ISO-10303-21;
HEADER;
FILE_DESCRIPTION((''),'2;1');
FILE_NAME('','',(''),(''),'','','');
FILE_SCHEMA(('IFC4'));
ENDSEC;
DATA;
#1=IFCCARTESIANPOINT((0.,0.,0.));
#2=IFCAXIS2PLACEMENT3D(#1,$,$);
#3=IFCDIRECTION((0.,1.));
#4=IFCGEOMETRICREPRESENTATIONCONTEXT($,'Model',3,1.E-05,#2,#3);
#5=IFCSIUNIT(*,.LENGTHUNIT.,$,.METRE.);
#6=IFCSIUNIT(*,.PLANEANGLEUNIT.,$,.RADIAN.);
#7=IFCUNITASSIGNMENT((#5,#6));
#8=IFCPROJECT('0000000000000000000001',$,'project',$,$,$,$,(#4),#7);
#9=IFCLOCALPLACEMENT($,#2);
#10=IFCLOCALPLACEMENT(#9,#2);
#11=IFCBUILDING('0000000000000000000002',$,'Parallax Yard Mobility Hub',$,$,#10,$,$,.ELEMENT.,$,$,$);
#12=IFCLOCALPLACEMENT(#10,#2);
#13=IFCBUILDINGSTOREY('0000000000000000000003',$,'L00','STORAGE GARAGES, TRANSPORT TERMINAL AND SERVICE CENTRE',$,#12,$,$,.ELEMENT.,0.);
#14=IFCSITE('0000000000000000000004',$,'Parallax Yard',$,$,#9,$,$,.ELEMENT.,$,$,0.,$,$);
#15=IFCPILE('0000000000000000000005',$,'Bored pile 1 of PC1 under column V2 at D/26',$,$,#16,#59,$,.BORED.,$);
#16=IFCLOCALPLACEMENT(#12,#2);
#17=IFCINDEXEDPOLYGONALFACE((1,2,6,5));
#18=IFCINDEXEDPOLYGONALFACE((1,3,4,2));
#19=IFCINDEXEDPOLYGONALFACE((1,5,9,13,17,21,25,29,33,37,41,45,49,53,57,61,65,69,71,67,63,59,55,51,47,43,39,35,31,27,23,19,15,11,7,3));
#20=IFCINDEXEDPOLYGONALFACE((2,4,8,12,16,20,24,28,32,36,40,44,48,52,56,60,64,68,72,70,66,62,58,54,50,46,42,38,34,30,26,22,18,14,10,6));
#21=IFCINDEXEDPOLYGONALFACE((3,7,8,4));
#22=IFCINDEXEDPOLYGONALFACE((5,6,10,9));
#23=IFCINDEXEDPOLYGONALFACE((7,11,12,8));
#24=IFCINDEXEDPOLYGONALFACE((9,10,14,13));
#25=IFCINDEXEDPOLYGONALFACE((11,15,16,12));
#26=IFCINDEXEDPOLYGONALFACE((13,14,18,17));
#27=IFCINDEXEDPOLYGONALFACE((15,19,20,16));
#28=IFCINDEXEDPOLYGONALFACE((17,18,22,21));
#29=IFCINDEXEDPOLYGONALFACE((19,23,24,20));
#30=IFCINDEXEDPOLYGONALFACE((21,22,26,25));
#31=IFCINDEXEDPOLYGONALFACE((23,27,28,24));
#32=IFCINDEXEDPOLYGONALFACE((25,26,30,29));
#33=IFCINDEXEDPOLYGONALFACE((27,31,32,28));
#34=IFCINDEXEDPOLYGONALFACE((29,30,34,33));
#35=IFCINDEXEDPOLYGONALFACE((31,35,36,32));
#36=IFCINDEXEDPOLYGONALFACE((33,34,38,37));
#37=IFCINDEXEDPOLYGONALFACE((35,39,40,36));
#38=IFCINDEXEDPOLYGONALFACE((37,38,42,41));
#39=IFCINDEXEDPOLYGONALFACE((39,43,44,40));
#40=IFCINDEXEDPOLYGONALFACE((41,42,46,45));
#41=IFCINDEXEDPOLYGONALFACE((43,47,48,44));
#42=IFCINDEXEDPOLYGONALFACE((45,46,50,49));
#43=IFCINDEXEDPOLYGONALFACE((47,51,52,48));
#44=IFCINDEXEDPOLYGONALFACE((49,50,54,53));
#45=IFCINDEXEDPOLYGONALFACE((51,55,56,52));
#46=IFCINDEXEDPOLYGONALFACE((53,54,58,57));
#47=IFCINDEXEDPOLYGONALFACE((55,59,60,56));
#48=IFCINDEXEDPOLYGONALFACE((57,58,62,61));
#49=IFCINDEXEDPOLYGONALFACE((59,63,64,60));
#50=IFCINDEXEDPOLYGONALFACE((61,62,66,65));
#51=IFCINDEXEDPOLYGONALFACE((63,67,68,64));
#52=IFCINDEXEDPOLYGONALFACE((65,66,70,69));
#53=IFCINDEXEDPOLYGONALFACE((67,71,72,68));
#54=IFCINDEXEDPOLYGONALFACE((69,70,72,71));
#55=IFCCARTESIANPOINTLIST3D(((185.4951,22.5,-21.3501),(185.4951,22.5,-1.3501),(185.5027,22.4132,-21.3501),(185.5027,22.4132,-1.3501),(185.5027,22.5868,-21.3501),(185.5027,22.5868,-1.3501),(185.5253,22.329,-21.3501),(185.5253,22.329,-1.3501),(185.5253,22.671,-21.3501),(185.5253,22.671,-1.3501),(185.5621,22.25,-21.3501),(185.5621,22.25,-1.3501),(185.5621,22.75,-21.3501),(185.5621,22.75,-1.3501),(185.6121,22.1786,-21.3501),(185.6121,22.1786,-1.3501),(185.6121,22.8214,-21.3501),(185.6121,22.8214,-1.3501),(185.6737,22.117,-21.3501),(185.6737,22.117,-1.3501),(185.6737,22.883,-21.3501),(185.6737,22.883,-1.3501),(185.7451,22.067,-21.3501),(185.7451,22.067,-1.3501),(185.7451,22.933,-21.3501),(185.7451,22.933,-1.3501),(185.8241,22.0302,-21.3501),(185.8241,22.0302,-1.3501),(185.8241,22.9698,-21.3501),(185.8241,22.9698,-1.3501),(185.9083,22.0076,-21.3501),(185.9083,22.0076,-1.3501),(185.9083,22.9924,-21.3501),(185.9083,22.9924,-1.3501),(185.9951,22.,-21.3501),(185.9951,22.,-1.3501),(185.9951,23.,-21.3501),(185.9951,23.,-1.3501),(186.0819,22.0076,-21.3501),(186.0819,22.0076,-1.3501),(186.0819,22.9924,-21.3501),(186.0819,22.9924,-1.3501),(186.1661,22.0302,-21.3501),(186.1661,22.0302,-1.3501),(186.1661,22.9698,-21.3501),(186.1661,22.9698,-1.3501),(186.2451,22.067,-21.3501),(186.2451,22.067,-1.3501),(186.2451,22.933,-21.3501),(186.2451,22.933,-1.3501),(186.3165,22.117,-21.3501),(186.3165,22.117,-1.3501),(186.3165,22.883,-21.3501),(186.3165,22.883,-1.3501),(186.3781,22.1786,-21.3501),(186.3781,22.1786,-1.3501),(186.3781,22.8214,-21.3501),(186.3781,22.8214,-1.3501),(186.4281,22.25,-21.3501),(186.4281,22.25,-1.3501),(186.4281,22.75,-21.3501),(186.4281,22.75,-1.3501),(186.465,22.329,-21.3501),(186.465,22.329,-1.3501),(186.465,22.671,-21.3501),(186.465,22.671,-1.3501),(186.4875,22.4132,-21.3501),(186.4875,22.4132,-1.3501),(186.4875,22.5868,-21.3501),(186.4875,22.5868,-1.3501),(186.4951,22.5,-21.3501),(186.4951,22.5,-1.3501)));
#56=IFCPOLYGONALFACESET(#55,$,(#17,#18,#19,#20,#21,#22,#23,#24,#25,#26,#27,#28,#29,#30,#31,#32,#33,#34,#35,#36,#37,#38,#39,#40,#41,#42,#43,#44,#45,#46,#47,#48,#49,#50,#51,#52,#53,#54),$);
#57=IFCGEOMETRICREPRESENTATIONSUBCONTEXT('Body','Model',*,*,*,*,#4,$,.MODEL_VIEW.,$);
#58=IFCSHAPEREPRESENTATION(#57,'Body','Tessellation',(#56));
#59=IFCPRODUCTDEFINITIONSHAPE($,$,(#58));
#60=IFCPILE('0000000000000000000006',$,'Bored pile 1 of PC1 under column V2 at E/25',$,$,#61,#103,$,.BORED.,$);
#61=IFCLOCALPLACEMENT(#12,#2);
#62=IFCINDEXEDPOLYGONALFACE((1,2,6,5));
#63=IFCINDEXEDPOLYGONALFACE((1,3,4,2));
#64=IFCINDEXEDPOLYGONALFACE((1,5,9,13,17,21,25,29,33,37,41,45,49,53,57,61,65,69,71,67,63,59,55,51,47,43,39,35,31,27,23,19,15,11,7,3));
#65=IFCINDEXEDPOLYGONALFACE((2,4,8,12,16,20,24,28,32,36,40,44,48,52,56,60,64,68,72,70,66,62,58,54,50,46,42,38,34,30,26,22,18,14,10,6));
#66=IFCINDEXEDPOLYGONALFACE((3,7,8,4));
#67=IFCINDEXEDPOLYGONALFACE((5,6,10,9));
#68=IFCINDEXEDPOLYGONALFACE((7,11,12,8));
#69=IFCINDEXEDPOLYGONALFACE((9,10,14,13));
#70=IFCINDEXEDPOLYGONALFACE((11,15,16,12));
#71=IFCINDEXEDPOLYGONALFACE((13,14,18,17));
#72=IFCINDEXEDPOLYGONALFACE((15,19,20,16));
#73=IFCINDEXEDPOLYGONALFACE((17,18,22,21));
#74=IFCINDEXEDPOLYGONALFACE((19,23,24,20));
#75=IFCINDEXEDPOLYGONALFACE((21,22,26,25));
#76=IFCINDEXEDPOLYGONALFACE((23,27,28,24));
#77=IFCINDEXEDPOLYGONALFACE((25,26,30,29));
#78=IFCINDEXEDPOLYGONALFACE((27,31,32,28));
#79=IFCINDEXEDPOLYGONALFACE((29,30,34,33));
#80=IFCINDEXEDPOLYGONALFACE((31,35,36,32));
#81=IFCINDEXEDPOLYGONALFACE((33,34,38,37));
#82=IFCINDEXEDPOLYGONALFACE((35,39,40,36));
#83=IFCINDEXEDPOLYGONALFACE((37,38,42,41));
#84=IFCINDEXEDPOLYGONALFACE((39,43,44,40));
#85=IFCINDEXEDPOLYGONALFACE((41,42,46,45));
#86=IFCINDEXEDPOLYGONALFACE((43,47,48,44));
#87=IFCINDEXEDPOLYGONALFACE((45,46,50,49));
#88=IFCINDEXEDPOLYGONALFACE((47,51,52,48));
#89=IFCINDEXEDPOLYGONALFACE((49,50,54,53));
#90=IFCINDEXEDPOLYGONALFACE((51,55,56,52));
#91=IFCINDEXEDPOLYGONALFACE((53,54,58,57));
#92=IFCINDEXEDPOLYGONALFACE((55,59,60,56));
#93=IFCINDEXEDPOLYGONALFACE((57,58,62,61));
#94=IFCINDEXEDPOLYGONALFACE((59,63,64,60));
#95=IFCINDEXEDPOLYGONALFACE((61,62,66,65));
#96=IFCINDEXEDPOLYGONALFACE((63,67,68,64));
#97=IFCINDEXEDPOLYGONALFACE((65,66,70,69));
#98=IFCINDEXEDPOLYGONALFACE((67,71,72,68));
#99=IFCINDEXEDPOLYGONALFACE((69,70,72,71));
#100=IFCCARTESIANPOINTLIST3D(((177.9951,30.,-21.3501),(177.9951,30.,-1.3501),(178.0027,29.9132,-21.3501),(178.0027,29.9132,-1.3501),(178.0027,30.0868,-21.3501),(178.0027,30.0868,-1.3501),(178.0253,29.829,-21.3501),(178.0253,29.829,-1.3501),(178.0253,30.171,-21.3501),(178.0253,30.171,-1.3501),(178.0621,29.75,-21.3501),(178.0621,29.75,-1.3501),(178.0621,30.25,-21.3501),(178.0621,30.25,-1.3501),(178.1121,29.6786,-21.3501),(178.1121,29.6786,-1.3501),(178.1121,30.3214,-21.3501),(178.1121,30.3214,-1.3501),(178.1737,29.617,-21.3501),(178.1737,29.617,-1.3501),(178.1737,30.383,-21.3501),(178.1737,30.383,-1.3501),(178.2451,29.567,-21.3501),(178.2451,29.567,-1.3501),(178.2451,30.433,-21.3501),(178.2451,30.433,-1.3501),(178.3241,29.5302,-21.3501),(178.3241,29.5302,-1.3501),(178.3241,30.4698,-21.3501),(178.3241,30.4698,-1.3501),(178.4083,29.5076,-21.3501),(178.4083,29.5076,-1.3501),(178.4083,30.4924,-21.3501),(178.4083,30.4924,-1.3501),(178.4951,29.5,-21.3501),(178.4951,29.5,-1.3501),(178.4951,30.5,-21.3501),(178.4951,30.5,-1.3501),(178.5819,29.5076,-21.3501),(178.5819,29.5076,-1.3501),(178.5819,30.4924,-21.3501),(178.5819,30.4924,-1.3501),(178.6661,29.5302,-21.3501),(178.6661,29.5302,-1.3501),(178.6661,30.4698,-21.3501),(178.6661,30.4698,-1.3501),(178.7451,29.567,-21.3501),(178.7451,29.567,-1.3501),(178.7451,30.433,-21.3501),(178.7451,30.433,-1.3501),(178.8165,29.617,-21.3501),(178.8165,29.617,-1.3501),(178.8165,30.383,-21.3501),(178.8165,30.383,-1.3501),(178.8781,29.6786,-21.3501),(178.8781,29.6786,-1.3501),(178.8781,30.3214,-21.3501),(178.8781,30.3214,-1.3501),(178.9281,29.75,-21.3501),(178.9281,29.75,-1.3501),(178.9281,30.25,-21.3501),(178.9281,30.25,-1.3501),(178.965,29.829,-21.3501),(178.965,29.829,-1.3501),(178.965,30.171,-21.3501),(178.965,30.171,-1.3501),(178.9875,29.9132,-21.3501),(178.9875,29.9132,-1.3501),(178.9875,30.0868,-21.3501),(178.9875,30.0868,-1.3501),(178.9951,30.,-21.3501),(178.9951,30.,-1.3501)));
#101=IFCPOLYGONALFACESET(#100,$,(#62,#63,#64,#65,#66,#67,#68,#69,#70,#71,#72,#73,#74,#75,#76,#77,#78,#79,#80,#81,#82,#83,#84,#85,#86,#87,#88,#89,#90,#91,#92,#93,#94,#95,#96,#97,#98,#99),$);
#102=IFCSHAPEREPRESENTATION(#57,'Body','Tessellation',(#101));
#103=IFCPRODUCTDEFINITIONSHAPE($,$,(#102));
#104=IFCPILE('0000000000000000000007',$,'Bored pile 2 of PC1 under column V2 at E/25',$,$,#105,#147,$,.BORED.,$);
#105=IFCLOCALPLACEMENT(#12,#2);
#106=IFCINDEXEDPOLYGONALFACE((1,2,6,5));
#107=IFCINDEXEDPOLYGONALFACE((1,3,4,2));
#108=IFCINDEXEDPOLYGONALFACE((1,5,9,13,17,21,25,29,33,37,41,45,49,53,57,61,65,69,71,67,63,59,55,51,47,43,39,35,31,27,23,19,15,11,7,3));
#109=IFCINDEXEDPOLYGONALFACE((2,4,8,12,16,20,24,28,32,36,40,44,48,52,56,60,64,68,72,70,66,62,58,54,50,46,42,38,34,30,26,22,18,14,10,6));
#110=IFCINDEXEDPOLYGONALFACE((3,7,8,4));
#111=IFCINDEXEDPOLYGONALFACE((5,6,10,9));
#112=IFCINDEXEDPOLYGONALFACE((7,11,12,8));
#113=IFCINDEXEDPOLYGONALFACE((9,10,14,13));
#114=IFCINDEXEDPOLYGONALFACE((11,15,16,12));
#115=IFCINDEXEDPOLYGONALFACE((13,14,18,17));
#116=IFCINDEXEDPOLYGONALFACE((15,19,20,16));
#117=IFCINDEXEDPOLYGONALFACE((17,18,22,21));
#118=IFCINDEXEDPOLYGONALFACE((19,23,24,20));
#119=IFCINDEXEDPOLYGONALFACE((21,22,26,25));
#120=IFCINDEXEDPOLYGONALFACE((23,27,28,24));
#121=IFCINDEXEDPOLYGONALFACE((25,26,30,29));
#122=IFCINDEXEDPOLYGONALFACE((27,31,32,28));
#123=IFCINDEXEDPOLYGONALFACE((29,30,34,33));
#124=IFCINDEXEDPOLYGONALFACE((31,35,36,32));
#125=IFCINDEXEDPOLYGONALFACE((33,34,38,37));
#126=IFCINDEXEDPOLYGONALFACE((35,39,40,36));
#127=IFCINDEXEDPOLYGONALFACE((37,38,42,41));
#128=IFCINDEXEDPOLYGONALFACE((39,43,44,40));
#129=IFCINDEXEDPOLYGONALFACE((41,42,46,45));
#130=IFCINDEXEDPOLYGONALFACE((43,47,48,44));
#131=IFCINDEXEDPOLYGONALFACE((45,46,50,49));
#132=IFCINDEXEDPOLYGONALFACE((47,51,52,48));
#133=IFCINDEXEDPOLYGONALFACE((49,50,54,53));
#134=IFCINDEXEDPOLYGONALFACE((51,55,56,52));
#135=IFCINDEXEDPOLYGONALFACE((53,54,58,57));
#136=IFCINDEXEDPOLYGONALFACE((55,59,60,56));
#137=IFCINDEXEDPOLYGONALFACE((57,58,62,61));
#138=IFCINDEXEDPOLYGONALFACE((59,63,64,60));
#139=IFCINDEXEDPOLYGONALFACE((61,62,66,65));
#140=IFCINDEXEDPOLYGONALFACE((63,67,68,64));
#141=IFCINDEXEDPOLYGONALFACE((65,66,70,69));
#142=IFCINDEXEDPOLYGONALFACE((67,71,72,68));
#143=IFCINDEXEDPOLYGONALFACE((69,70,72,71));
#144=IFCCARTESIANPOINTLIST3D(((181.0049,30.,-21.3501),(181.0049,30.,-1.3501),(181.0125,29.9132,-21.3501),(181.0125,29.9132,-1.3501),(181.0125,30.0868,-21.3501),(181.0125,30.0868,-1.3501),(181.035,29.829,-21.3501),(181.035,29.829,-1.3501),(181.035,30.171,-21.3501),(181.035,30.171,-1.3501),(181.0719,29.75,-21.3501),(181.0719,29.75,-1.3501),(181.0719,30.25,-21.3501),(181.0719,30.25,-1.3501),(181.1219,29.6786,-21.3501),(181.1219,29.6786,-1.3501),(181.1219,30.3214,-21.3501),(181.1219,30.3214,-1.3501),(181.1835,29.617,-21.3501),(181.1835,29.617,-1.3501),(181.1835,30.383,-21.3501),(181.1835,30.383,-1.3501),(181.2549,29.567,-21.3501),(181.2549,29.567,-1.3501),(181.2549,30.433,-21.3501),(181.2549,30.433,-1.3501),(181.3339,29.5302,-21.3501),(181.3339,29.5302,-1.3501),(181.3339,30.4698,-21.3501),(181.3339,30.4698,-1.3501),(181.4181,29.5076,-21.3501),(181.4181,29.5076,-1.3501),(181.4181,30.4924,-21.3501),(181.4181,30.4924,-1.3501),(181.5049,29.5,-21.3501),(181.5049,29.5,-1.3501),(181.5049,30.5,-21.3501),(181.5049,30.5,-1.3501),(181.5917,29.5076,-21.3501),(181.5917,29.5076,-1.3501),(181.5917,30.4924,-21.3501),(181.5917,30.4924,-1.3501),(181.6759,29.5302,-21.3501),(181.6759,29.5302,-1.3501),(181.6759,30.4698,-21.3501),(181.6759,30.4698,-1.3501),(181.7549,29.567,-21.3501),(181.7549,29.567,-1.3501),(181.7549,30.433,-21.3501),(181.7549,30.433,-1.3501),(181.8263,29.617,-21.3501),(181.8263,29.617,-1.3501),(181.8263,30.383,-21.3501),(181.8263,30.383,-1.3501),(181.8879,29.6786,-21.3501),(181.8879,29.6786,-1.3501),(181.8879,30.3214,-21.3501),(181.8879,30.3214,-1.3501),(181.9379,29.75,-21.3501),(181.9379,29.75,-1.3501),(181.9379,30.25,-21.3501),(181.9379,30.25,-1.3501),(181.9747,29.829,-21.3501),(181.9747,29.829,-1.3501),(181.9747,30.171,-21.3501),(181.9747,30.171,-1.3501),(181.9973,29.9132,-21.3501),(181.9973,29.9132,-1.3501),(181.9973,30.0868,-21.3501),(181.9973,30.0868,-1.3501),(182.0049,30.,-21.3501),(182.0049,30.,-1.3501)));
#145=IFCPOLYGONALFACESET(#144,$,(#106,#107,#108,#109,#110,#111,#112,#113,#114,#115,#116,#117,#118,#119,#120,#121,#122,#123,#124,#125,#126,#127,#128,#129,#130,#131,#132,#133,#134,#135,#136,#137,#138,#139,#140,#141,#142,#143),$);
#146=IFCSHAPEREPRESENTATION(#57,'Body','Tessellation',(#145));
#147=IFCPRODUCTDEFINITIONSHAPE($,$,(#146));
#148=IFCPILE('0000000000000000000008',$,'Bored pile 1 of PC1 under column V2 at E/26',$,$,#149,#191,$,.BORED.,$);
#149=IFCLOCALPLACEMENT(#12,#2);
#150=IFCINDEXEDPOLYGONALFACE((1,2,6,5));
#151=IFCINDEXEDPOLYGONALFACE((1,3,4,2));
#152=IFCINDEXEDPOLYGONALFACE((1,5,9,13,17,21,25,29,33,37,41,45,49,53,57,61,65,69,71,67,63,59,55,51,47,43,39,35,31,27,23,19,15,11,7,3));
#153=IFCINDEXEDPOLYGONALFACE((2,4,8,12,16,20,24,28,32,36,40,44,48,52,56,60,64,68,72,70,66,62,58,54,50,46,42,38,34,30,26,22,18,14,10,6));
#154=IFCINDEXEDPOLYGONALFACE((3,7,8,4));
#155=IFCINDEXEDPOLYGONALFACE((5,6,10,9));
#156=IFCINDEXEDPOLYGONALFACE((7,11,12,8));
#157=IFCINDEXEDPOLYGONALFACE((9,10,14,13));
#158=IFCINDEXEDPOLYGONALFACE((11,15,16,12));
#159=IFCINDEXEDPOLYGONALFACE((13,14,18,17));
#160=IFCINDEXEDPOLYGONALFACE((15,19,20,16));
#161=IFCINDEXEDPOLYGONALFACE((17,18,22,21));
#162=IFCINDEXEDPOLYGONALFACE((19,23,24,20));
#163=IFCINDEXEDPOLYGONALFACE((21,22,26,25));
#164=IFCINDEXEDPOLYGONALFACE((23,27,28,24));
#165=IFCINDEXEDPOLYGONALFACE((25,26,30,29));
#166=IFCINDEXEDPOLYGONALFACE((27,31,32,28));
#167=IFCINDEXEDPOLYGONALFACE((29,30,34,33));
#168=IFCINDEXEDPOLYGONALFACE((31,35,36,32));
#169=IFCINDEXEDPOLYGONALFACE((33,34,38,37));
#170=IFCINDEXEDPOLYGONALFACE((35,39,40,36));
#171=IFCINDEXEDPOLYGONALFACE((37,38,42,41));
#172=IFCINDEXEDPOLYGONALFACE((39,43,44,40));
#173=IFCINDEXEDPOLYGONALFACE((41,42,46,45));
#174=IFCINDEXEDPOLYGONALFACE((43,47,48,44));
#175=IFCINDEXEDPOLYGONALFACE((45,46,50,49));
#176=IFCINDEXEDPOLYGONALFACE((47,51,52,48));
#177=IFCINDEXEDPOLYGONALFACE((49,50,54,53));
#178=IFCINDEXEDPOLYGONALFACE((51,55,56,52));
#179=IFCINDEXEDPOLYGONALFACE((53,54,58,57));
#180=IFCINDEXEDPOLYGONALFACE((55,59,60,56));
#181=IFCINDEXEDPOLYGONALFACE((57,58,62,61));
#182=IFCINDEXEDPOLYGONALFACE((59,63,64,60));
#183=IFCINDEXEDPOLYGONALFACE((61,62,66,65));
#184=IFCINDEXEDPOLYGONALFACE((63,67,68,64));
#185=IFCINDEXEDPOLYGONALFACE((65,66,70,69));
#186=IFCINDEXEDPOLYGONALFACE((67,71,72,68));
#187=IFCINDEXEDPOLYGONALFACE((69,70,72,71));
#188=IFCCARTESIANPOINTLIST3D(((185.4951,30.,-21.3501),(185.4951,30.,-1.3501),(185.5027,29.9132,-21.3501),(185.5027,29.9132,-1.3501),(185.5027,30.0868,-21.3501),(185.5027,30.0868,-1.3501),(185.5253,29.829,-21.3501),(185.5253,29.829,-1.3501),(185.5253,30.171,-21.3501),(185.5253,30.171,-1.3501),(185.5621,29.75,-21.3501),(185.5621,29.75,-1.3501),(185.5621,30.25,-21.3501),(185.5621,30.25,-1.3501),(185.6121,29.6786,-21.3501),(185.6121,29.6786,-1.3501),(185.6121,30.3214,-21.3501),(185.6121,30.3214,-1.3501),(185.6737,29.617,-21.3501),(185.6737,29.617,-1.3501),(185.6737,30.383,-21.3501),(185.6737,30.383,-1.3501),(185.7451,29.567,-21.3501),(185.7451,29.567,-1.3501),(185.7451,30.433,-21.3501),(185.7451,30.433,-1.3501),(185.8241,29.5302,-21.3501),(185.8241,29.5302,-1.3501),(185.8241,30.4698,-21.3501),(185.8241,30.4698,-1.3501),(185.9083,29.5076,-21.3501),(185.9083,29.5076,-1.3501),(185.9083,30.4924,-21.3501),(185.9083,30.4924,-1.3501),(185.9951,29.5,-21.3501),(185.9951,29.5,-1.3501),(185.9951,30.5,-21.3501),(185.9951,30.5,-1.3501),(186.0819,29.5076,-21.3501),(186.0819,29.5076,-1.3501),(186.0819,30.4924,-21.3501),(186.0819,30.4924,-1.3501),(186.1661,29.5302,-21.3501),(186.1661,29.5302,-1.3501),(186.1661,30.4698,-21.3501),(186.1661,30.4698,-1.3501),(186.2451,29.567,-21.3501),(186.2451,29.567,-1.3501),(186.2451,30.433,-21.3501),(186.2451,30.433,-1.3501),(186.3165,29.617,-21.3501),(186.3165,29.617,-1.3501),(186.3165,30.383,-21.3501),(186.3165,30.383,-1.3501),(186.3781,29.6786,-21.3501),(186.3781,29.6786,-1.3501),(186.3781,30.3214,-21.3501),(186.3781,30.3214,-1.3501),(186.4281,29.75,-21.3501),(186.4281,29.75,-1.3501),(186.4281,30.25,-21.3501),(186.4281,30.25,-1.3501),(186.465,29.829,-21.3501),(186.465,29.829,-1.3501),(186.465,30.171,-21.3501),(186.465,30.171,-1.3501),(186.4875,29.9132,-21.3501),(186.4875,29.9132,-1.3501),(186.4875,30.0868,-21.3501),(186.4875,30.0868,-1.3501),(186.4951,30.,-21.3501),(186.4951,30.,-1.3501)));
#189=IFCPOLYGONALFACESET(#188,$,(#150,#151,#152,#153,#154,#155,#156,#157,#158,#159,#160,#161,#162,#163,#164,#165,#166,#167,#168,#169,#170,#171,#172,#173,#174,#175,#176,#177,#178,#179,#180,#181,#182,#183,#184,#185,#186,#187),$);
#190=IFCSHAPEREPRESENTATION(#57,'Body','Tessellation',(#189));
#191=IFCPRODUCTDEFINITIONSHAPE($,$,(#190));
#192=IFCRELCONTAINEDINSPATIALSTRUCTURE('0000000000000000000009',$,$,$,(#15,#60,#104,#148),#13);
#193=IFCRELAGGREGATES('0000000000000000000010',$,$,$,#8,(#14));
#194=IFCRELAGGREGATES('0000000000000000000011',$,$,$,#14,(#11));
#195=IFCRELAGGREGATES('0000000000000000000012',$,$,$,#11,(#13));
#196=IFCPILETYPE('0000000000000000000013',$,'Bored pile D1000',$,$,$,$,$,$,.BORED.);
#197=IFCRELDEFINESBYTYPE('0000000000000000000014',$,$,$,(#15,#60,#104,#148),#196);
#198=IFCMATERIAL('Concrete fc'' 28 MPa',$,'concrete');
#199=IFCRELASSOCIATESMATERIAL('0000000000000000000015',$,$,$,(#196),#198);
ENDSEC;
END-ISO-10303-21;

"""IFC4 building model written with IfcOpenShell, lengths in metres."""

from ifc_helpers import new_model, si_unit, direction, frame, origin, origin_2d, place, context, subcontext, project, spatial, circle, extrude, material, material_profile, profile_set, type_object, element, save


model = new_model("IFC4")

# Units and contexts
model_context = context("Model", 3, precision=1e-05, world=origin(), true_north=direction((0.0, 1.0)))
body_context = subcontext(model_context, "Body", "Model", "MODEL_VIEW")
ifc_project = project(units=[si_unit("LENGTHUNIT", "METRE"), si_unit("PLANEANGLEUNIT", "RADIAN")], contexts=[model_context])

# Site, building, storey
site_placement = place(None, origin())
site = spatial("IfcSite", under=ifc_project, at=site_placement, Name="Parallax Yard", CompositionType="ELEMENT", RefElevation=0.0)
building_placement = place(site_placement, origin())
building = spatial("IfcBuilding", under=site, at=building_placement, Name="Parallax Yard Mobility Hub", CompositionType="ELEMENT")
storey_placement = place(building_placement, origin())
storey = spatial("IfcBuildingStorey", under=building, at=storey_placement, Name="L00", Description="STORAGE GARAGES, TRANSPORT TERMINAL AND SERVICE CENTRE", CompositionType="ELEMENT", Elevation=0.0)

# Piles
ifc_material_1 = material(Name="Concrete fc' 28 MPa", Category="concrete")
ifc_material_profile_1 = material_profile(ifc_material_1, circle(Radius=0.5, at=origin_2d()), Name="Bored pile D1000")
ifc_profile_set_1 = profile_set([ifc_material_profile_1], Name="Concrete fc' 28 MPa")
pile_type = type_object("IfcPileType", Name="Bored pile D1000", PredefinedType="BORED", material=ifc_profile_set_1)
for number, where, z_axis, x_axis, name in (
    (1, (185.9951, 22.5, -1.3501), (0.0, 0.0, -1.0), (1.0, 0.0, 0.0), "Bored pile 1 of PC1 under column V2 at D/26"),
    (2, (178.4951, 30.0, -1.3501), (0.0, 0.0, -1.0), (1.0, 0.0, 0.0), "Bored pile 1 of PC1 under column V2 at E/25"),
    (3, (181.5049, 30.0, -1.3501), (0.0, 0.0, -1.0), (1.0, 0.0, 0.0), "Bored pile 2 of PC1 under column V2 at E/25"),
    (4, (185.9951, 30.0, -1.3501), (0.0, 0.0, -1.0), (1.0, 0.0, 0.0), "Bored pile 1 of PC1 under column V2 at E/26"),
):
    element("IfcPile", number, at=place(storey_placement, frame(where, z_axis=z_axis, x_axis=x_axis)), inside=storey, type_object=pile_type, Name=name, PredefinedType="BORED", context=body_context, shape_type="SweptSolid", body=[
        extrude(circle(Radius=0.5, at=origin_2d()), origin(), (0.0, 0.0, 1.0), 20.0),
    ])

save(model, "model.ifc")
